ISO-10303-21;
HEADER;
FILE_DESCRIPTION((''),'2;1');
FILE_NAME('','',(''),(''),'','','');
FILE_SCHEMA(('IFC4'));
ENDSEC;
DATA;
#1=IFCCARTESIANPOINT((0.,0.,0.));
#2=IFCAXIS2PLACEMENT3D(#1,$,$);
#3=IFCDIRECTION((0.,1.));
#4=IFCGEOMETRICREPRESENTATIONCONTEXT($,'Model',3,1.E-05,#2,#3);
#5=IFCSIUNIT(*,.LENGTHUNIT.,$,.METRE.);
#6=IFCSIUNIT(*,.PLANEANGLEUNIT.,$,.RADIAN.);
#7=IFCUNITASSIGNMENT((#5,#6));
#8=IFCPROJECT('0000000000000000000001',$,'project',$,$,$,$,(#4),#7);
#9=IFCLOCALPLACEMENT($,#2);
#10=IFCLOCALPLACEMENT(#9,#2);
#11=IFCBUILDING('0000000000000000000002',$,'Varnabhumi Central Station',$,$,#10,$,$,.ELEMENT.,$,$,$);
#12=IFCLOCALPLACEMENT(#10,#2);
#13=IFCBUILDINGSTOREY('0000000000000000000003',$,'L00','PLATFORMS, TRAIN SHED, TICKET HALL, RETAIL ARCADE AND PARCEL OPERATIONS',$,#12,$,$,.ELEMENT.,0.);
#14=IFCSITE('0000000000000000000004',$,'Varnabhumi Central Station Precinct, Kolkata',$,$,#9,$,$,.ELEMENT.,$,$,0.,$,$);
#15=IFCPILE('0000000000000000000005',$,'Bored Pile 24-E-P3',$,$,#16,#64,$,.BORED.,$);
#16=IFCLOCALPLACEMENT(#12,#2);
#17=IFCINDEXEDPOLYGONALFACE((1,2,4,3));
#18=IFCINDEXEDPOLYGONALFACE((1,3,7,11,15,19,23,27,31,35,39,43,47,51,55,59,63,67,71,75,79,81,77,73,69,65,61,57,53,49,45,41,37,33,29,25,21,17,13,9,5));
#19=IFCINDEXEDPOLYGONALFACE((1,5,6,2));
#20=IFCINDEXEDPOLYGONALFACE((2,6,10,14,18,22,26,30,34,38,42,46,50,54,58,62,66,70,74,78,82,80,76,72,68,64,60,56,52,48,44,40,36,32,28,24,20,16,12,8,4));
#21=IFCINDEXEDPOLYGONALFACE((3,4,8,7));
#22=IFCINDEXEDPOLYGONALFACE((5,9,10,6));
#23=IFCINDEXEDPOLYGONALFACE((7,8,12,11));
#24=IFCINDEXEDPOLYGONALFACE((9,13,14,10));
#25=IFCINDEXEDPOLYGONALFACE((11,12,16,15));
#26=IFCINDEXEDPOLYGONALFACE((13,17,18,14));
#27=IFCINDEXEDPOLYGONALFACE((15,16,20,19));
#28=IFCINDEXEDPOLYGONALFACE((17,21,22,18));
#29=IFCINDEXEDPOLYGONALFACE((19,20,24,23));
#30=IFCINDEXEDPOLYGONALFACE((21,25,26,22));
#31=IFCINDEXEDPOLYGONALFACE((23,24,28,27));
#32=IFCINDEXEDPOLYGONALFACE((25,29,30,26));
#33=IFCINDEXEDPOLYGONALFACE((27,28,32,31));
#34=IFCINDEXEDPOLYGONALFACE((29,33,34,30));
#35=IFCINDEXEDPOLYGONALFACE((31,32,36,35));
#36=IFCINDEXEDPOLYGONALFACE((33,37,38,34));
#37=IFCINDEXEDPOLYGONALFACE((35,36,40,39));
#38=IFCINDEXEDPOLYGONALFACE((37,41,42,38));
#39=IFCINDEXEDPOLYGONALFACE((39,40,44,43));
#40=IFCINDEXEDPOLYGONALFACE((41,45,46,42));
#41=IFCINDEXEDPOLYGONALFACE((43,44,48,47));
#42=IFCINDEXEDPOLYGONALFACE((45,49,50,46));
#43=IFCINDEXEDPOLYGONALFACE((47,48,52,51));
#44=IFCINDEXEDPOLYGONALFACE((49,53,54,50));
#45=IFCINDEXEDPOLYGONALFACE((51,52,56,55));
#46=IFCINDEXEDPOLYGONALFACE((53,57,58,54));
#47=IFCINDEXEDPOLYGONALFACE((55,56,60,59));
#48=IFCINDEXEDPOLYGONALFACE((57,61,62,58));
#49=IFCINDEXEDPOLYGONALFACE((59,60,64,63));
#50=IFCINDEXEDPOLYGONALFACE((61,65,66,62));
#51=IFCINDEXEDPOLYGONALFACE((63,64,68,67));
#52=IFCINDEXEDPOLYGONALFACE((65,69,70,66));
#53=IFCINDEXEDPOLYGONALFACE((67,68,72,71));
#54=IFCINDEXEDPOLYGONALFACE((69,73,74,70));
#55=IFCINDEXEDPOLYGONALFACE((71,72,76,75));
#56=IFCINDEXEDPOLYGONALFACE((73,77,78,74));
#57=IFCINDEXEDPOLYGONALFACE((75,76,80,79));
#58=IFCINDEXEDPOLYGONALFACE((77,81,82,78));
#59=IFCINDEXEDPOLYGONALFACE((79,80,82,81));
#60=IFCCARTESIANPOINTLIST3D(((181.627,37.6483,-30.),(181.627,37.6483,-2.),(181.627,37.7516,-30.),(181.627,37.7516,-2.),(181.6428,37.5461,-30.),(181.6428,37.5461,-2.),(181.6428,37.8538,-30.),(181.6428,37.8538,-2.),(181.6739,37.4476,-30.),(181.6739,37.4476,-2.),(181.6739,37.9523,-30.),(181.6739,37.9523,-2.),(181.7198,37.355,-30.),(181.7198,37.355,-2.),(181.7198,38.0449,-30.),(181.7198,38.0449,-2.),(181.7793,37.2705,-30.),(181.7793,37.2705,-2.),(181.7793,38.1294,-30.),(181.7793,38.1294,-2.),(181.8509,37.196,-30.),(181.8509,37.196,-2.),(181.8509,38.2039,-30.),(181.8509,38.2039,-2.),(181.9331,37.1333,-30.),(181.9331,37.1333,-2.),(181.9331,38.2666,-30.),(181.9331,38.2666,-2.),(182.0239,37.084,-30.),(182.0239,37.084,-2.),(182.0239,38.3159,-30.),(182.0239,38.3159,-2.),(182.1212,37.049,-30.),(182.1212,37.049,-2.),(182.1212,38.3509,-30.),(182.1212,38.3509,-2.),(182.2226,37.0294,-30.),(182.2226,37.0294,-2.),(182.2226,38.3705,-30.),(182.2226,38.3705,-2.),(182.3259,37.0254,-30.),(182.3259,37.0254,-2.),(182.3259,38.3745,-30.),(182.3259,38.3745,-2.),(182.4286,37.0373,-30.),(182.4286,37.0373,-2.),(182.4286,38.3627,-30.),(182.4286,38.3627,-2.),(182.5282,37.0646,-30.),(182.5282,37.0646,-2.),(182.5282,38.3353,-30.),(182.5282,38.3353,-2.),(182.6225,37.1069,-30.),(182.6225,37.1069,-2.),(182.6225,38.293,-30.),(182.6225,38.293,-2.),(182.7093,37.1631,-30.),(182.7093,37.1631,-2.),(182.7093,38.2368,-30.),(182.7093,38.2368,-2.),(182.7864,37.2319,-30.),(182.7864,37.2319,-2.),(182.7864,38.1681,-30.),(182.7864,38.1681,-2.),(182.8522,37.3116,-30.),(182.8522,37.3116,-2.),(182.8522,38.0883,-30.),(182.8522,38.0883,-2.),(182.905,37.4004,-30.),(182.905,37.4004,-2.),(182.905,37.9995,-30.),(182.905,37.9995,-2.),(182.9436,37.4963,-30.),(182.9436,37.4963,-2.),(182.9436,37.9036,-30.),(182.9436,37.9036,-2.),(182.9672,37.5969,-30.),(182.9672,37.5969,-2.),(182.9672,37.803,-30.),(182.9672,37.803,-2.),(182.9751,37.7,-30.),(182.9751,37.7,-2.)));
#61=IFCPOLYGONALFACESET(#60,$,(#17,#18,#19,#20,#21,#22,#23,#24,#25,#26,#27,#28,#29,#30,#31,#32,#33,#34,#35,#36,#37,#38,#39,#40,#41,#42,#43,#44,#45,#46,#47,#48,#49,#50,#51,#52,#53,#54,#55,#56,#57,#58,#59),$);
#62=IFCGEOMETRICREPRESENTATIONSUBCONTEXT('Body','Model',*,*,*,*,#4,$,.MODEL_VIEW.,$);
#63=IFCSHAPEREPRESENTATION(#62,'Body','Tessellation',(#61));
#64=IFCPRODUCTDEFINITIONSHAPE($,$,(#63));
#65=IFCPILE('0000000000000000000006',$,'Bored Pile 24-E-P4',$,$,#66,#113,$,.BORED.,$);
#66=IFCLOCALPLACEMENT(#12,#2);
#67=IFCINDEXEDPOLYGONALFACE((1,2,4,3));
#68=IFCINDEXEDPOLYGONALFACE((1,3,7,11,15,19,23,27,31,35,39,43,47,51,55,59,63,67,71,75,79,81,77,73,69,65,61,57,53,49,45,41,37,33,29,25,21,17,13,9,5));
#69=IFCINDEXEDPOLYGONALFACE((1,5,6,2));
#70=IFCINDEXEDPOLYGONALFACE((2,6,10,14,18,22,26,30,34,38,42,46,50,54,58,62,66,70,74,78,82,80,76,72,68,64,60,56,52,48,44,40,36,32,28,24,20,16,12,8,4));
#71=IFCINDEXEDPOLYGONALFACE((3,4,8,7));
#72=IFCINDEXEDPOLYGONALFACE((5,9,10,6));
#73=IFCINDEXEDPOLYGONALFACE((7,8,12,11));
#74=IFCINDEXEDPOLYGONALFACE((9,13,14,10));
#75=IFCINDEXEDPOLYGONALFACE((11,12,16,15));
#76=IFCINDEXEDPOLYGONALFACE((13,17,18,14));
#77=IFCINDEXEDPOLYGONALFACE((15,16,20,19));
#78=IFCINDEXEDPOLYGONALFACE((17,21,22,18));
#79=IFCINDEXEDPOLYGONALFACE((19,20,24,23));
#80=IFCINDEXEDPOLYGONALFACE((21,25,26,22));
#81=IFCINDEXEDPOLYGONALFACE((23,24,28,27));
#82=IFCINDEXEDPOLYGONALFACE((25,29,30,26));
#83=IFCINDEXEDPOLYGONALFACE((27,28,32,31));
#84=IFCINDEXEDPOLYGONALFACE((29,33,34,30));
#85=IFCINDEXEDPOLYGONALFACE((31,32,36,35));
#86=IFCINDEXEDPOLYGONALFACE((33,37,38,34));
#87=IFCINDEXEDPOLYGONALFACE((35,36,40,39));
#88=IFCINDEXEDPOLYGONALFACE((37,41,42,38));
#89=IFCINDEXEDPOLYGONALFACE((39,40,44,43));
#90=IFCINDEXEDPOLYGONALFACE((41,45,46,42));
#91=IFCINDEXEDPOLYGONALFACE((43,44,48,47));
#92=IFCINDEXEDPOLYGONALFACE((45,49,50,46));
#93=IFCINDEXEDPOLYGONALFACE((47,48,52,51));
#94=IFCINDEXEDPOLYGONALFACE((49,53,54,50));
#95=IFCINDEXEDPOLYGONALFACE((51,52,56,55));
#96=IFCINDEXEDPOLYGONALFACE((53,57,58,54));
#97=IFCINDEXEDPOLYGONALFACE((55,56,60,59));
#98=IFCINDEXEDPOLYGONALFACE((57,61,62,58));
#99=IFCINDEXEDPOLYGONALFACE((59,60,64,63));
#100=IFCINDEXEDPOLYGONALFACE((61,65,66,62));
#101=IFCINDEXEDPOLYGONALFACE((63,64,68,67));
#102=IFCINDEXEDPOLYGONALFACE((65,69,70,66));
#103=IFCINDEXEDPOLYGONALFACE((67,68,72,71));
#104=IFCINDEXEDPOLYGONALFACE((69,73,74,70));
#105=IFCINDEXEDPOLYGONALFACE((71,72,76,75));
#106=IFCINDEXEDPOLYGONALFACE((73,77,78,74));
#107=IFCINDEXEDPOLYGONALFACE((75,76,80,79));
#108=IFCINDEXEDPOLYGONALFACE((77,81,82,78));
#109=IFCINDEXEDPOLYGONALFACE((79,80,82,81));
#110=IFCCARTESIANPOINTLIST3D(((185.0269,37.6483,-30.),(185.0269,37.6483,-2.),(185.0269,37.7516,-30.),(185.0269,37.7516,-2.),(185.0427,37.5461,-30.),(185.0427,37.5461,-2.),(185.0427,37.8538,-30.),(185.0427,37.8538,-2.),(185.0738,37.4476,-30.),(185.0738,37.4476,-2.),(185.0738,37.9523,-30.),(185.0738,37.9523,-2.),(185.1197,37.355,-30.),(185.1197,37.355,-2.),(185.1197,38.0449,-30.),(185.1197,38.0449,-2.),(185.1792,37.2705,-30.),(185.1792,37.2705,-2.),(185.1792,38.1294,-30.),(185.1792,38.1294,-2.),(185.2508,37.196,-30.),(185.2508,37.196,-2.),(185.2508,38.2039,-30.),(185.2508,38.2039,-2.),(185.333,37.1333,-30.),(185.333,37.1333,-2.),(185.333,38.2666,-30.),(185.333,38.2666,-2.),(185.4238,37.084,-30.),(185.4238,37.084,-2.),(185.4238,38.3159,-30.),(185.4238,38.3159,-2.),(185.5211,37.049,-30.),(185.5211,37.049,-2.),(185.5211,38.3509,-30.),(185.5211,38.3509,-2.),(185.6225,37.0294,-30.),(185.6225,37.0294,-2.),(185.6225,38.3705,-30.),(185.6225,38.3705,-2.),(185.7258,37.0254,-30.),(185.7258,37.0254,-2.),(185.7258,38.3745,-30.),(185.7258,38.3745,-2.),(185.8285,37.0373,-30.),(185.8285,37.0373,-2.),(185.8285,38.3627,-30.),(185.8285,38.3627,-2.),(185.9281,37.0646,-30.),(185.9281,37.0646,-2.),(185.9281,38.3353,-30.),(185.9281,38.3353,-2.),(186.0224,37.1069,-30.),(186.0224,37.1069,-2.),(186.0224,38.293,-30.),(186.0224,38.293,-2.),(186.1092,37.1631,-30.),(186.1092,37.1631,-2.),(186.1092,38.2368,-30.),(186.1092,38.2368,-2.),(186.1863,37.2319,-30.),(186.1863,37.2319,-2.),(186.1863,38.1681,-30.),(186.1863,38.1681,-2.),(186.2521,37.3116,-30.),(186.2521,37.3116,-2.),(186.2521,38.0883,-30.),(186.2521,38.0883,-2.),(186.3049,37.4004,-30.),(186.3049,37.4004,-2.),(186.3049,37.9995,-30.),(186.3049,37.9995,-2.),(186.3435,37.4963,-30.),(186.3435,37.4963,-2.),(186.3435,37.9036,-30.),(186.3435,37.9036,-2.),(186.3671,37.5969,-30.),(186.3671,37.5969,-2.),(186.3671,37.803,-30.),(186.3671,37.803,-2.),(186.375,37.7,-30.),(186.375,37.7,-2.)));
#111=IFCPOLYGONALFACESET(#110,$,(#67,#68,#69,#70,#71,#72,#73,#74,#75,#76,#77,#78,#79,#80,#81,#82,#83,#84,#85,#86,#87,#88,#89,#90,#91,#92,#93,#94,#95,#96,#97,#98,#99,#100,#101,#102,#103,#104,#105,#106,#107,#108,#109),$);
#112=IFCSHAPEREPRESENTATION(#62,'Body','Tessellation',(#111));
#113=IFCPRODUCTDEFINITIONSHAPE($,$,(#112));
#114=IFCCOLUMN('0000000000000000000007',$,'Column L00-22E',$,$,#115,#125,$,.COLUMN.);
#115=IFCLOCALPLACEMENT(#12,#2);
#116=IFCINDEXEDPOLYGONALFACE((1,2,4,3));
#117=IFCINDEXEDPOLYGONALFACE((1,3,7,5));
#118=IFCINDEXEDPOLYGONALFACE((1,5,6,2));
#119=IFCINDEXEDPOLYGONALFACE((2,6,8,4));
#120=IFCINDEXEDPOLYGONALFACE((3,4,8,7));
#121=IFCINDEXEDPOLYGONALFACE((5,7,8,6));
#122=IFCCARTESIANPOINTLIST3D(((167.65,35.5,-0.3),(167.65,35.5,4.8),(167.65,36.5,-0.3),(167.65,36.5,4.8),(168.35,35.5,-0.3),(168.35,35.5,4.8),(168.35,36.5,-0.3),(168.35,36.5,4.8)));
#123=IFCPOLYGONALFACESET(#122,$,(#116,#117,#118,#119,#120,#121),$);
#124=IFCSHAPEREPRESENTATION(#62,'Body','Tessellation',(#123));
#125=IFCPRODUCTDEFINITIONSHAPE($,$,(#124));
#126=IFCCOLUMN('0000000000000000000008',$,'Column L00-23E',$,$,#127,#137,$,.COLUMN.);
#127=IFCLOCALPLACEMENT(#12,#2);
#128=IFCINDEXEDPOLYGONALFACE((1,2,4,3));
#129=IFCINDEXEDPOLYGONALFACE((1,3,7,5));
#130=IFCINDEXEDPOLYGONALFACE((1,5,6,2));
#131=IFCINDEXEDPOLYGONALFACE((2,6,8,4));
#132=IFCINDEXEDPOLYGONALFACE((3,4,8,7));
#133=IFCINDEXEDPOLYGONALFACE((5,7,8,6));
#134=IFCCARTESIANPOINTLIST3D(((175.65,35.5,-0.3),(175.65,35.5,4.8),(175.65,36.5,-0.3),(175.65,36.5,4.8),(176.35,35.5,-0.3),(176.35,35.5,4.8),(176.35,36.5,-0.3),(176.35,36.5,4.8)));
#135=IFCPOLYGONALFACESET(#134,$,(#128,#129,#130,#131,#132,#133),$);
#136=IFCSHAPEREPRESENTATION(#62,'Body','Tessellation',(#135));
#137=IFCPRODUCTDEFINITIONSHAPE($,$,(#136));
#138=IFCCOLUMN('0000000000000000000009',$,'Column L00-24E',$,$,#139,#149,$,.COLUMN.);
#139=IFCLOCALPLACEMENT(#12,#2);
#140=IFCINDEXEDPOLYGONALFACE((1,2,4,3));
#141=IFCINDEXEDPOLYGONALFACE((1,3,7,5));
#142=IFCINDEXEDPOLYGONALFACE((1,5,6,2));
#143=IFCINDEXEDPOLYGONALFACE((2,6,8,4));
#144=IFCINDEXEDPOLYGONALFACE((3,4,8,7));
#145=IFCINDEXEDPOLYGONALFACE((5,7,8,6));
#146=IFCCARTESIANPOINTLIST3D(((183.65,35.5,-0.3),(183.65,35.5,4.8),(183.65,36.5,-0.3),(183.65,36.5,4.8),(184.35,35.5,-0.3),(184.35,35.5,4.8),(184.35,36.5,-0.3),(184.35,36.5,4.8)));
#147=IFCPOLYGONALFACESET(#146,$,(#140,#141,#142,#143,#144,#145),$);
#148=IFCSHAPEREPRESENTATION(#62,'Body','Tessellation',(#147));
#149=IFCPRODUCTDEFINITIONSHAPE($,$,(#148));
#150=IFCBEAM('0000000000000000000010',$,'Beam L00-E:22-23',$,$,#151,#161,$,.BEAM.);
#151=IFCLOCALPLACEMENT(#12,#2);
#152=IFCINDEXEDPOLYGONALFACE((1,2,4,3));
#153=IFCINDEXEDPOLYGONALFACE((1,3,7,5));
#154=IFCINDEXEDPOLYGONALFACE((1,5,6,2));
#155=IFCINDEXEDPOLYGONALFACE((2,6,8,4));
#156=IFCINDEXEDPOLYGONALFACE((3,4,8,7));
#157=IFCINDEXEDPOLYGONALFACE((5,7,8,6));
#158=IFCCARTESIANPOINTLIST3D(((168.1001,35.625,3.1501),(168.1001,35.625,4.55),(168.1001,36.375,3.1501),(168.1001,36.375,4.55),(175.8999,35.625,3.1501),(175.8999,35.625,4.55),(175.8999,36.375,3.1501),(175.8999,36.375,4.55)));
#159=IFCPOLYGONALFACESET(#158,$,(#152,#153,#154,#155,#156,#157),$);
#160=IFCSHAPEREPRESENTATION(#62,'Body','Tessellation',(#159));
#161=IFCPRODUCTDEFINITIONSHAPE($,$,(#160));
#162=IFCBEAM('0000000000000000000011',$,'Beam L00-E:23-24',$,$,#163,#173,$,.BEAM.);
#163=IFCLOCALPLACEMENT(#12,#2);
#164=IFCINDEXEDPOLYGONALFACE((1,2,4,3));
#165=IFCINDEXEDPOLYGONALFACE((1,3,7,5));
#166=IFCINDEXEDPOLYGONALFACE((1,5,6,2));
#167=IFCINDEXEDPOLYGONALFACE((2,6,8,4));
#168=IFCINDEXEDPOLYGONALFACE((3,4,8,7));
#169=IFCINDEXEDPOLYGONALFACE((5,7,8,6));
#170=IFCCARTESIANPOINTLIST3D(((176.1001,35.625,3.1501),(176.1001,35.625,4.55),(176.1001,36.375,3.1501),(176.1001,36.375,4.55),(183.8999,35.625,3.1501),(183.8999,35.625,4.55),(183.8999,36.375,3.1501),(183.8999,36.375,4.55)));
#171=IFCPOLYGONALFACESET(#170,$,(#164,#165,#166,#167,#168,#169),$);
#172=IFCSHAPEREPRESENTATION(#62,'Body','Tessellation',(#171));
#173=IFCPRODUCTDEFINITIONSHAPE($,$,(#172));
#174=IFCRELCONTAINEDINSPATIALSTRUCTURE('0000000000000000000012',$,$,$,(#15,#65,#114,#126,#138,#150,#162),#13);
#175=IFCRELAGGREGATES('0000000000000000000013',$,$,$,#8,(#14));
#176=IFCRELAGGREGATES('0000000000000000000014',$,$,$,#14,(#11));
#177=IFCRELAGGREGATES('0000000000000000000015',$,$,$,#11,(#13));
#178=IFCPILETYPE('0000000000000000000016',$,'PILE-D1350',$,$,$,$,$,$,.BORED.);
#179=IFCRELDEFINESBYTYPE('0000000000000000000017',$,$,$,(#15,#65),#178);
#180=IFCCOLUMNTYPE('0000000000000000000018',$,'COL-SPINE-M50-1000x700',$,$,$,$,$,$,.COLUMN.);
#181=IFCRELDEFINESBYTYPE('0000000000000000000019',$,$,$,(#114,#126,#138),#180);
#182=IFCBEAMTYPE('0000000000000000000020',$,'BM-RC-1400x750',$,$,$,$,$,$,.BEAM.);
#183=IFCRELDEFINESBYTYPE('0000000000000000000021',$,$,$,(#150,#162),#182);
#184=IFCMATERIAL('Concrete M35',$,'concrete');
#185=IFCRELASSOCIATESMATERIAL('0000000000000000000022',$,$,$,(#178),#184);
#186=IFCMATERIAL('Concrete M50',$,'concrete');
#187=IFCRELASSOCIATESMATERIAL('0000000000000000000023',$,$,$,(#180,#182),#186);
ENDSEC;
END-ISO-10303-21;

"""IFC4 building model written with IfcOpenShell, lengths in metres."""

from ifc_helpers import new_model, si_unit, direction, frame, origin, origin_2d, place, context, subcontext, project, spatial, rectangle, circle, extrude, material, material_profile, profile_set, type_object, element, save


model = new_model("IFC4")

# Units and contexts
model_context = context("Model", 3, precision=1e-05, world=origin(), true_north=direction((0.0, 1.0)))
body_context = subcontext(model_context, "Body", "Model", "MODEL_VIEW")
ifc_project = project(units=[si_unit("LENGTHUNIT", "METRE"), si_unit("PLANEANGLEUNIT", "RADIAN")], contexts=[model_context])

# Site, building, storey
site_placement = place(None, origin())
site = spatial("IfcSite", under=ifc_project, at=site_placement, Name="Varnabhumi Central Station Precinct, Kolkata", CompositionType="ELEMENT", RefElevation=0.0)
building_placement = place(site_placement, origin())
building = spatial("IfcBuilding", under=site, at=building_placement, Name="Varnabhumi Central Station", CompositionType="ELEMENT")
storey_placement = place(building_placement, origin())
storey = spatial("IfcBuildingStorey", under=building, at=storey_placement, Name="L00", Description="PLATFORMS, TRAIN SHED, TICKET HALL, RETAIL ARCADE AND PARCEL OPERATIONS", CompositionType="ELEMENT", Elevation=0.0)

# Piles
ifc_material_1 = material(Name="Concrete M35", Category="concrete")
ifc_material_profile_1 = material_profile(ifc_material_1, circle(Radius=0.675, at=origin_2d()), Name="Concrete M35", Category="concrete")
ifc_profile_set_1 = profile_set([ifc_material_profile_1], Name="Concrete M35")
pile_type = type_object("IfcPileType", Name="PILE-D1350", PredefinedType="BORED", material=ifc_profile_set_1)
for number, where, z_axis, x_axis, name in (
    (1, (182.3, 37.7, -2.0), (0.0, 0.0, -1.0), (1.0, 0.0, 0.0), "Bored Pile 24-E-P3"),
    (2, (185.7, 37.7, -2.0), (0.0, 0.0, -1.0), (1.0, 0.0, 0.0), "Bored Pile 24-E-P4"),
):
    element("IfcPile", number, at=place(storey_placement, frame(where, z_axis=z_axis, x_axis=x_axis)), inside=storey, type_object=pile_type, Name=name, PredefinedType="BORED", context=body_context, shape_type="SweptSolid", body=[
        extrude(circle(Radius=0.675, at=origin_2d()), origin(), (0.0, 0.0, 1.0), 28.0),
    ])

# Columns
ifc_material_2 = material(Name="Concrete M50", Category="concrete")
ifc_material_profile_2 = material_profile(ifc_material_2, rectangle(XDim=0.7, YDim=1.0, at=origin_2d()), Name="Concrete M50", Category="concrete")
ifc_profile_set_2 = profile_set([ifc_material_profile_2], Name="Concrete M50")
column_type = type_object("IfcColumnType", Name="COL-SPINE-M50-1000x700", PredefinedType="COLUMN", material=ifc_profile_set_2)
for number, where, z_axis, x_axis, name in (
    (3, (168.0, 36.0, -0.3), (0.0, 0.0, 1.0), (1.0, 0.0, 0.0), "Column L00-22E"),
    (4, (176.0, 36.0, -0.3), (0.0, 0.0, 1.0), (1.0, 0.0, 0.0), "Column L00-23E"),
    (5, (184.0, 36.0, -0.3), (0.0, 0.0, 1.0), (1.0, 0.0, 0.0), "Column L00-24E"),
):
    element("IfcColumn", number, at=place(storey_placement, frame(where, z_axis=z_axis, x_axis=x_axis)), inside=storey, type_object=column_type, Name=name, PredefinedType="COLUMN", context=body_context, shape_type="SweptSolid", body=[
        extrude(rectangle(XDim=0.7, YDim=1.0, at=origin_2d()), origin(), (0.0, 0.0, 1.0), 5.1001),
    ])

# Beams
ifc_material_profile_3 = material_profile(ifc_material_2, rectangle(XDim=0.75, YDim=1.3999, at=origin_2d()), Name="Concrete M50", Category="concrete")
ifc_profile_set_3 = profile_set([ifc_material_profile_3], Name="Concrete M50")
beam_type = type_object("IfcBeamType", Name="BM-RC-1400x750", PredefinedType="BEAM", material=ifc_profile_set_3)
for number, where, z_axis, x_axis, name in (
    (6, (168.1001, 36.0, 3.8501), (1.0, 0.0, 0.0), (0.0, 1.0, 0.0), "Beam L00-E:22-23"),
    (7, (176.1001, 36.0, 3.8501), (1.0, 0.0, 0.0), (0.0, 1.0, 0.0), "Beam L00-E:23-24"),
):
    element("IfcBeam", number, at=place(storey_placement, frame(where, z_axis=z_axis, x_axis=x_axis)), inside=storey, type_object=beam_type, Name=name, PredefinedType="BEAM", context=body_context, shape_type="SweptSolid", body=[
        extrude(rectangle(XDim=0.75, YDim=1.3999, at=origin_2d()), origin(), (0.0, 0.0, 1.0), 7.7998),
    ])

save(model, "model.ifc")
